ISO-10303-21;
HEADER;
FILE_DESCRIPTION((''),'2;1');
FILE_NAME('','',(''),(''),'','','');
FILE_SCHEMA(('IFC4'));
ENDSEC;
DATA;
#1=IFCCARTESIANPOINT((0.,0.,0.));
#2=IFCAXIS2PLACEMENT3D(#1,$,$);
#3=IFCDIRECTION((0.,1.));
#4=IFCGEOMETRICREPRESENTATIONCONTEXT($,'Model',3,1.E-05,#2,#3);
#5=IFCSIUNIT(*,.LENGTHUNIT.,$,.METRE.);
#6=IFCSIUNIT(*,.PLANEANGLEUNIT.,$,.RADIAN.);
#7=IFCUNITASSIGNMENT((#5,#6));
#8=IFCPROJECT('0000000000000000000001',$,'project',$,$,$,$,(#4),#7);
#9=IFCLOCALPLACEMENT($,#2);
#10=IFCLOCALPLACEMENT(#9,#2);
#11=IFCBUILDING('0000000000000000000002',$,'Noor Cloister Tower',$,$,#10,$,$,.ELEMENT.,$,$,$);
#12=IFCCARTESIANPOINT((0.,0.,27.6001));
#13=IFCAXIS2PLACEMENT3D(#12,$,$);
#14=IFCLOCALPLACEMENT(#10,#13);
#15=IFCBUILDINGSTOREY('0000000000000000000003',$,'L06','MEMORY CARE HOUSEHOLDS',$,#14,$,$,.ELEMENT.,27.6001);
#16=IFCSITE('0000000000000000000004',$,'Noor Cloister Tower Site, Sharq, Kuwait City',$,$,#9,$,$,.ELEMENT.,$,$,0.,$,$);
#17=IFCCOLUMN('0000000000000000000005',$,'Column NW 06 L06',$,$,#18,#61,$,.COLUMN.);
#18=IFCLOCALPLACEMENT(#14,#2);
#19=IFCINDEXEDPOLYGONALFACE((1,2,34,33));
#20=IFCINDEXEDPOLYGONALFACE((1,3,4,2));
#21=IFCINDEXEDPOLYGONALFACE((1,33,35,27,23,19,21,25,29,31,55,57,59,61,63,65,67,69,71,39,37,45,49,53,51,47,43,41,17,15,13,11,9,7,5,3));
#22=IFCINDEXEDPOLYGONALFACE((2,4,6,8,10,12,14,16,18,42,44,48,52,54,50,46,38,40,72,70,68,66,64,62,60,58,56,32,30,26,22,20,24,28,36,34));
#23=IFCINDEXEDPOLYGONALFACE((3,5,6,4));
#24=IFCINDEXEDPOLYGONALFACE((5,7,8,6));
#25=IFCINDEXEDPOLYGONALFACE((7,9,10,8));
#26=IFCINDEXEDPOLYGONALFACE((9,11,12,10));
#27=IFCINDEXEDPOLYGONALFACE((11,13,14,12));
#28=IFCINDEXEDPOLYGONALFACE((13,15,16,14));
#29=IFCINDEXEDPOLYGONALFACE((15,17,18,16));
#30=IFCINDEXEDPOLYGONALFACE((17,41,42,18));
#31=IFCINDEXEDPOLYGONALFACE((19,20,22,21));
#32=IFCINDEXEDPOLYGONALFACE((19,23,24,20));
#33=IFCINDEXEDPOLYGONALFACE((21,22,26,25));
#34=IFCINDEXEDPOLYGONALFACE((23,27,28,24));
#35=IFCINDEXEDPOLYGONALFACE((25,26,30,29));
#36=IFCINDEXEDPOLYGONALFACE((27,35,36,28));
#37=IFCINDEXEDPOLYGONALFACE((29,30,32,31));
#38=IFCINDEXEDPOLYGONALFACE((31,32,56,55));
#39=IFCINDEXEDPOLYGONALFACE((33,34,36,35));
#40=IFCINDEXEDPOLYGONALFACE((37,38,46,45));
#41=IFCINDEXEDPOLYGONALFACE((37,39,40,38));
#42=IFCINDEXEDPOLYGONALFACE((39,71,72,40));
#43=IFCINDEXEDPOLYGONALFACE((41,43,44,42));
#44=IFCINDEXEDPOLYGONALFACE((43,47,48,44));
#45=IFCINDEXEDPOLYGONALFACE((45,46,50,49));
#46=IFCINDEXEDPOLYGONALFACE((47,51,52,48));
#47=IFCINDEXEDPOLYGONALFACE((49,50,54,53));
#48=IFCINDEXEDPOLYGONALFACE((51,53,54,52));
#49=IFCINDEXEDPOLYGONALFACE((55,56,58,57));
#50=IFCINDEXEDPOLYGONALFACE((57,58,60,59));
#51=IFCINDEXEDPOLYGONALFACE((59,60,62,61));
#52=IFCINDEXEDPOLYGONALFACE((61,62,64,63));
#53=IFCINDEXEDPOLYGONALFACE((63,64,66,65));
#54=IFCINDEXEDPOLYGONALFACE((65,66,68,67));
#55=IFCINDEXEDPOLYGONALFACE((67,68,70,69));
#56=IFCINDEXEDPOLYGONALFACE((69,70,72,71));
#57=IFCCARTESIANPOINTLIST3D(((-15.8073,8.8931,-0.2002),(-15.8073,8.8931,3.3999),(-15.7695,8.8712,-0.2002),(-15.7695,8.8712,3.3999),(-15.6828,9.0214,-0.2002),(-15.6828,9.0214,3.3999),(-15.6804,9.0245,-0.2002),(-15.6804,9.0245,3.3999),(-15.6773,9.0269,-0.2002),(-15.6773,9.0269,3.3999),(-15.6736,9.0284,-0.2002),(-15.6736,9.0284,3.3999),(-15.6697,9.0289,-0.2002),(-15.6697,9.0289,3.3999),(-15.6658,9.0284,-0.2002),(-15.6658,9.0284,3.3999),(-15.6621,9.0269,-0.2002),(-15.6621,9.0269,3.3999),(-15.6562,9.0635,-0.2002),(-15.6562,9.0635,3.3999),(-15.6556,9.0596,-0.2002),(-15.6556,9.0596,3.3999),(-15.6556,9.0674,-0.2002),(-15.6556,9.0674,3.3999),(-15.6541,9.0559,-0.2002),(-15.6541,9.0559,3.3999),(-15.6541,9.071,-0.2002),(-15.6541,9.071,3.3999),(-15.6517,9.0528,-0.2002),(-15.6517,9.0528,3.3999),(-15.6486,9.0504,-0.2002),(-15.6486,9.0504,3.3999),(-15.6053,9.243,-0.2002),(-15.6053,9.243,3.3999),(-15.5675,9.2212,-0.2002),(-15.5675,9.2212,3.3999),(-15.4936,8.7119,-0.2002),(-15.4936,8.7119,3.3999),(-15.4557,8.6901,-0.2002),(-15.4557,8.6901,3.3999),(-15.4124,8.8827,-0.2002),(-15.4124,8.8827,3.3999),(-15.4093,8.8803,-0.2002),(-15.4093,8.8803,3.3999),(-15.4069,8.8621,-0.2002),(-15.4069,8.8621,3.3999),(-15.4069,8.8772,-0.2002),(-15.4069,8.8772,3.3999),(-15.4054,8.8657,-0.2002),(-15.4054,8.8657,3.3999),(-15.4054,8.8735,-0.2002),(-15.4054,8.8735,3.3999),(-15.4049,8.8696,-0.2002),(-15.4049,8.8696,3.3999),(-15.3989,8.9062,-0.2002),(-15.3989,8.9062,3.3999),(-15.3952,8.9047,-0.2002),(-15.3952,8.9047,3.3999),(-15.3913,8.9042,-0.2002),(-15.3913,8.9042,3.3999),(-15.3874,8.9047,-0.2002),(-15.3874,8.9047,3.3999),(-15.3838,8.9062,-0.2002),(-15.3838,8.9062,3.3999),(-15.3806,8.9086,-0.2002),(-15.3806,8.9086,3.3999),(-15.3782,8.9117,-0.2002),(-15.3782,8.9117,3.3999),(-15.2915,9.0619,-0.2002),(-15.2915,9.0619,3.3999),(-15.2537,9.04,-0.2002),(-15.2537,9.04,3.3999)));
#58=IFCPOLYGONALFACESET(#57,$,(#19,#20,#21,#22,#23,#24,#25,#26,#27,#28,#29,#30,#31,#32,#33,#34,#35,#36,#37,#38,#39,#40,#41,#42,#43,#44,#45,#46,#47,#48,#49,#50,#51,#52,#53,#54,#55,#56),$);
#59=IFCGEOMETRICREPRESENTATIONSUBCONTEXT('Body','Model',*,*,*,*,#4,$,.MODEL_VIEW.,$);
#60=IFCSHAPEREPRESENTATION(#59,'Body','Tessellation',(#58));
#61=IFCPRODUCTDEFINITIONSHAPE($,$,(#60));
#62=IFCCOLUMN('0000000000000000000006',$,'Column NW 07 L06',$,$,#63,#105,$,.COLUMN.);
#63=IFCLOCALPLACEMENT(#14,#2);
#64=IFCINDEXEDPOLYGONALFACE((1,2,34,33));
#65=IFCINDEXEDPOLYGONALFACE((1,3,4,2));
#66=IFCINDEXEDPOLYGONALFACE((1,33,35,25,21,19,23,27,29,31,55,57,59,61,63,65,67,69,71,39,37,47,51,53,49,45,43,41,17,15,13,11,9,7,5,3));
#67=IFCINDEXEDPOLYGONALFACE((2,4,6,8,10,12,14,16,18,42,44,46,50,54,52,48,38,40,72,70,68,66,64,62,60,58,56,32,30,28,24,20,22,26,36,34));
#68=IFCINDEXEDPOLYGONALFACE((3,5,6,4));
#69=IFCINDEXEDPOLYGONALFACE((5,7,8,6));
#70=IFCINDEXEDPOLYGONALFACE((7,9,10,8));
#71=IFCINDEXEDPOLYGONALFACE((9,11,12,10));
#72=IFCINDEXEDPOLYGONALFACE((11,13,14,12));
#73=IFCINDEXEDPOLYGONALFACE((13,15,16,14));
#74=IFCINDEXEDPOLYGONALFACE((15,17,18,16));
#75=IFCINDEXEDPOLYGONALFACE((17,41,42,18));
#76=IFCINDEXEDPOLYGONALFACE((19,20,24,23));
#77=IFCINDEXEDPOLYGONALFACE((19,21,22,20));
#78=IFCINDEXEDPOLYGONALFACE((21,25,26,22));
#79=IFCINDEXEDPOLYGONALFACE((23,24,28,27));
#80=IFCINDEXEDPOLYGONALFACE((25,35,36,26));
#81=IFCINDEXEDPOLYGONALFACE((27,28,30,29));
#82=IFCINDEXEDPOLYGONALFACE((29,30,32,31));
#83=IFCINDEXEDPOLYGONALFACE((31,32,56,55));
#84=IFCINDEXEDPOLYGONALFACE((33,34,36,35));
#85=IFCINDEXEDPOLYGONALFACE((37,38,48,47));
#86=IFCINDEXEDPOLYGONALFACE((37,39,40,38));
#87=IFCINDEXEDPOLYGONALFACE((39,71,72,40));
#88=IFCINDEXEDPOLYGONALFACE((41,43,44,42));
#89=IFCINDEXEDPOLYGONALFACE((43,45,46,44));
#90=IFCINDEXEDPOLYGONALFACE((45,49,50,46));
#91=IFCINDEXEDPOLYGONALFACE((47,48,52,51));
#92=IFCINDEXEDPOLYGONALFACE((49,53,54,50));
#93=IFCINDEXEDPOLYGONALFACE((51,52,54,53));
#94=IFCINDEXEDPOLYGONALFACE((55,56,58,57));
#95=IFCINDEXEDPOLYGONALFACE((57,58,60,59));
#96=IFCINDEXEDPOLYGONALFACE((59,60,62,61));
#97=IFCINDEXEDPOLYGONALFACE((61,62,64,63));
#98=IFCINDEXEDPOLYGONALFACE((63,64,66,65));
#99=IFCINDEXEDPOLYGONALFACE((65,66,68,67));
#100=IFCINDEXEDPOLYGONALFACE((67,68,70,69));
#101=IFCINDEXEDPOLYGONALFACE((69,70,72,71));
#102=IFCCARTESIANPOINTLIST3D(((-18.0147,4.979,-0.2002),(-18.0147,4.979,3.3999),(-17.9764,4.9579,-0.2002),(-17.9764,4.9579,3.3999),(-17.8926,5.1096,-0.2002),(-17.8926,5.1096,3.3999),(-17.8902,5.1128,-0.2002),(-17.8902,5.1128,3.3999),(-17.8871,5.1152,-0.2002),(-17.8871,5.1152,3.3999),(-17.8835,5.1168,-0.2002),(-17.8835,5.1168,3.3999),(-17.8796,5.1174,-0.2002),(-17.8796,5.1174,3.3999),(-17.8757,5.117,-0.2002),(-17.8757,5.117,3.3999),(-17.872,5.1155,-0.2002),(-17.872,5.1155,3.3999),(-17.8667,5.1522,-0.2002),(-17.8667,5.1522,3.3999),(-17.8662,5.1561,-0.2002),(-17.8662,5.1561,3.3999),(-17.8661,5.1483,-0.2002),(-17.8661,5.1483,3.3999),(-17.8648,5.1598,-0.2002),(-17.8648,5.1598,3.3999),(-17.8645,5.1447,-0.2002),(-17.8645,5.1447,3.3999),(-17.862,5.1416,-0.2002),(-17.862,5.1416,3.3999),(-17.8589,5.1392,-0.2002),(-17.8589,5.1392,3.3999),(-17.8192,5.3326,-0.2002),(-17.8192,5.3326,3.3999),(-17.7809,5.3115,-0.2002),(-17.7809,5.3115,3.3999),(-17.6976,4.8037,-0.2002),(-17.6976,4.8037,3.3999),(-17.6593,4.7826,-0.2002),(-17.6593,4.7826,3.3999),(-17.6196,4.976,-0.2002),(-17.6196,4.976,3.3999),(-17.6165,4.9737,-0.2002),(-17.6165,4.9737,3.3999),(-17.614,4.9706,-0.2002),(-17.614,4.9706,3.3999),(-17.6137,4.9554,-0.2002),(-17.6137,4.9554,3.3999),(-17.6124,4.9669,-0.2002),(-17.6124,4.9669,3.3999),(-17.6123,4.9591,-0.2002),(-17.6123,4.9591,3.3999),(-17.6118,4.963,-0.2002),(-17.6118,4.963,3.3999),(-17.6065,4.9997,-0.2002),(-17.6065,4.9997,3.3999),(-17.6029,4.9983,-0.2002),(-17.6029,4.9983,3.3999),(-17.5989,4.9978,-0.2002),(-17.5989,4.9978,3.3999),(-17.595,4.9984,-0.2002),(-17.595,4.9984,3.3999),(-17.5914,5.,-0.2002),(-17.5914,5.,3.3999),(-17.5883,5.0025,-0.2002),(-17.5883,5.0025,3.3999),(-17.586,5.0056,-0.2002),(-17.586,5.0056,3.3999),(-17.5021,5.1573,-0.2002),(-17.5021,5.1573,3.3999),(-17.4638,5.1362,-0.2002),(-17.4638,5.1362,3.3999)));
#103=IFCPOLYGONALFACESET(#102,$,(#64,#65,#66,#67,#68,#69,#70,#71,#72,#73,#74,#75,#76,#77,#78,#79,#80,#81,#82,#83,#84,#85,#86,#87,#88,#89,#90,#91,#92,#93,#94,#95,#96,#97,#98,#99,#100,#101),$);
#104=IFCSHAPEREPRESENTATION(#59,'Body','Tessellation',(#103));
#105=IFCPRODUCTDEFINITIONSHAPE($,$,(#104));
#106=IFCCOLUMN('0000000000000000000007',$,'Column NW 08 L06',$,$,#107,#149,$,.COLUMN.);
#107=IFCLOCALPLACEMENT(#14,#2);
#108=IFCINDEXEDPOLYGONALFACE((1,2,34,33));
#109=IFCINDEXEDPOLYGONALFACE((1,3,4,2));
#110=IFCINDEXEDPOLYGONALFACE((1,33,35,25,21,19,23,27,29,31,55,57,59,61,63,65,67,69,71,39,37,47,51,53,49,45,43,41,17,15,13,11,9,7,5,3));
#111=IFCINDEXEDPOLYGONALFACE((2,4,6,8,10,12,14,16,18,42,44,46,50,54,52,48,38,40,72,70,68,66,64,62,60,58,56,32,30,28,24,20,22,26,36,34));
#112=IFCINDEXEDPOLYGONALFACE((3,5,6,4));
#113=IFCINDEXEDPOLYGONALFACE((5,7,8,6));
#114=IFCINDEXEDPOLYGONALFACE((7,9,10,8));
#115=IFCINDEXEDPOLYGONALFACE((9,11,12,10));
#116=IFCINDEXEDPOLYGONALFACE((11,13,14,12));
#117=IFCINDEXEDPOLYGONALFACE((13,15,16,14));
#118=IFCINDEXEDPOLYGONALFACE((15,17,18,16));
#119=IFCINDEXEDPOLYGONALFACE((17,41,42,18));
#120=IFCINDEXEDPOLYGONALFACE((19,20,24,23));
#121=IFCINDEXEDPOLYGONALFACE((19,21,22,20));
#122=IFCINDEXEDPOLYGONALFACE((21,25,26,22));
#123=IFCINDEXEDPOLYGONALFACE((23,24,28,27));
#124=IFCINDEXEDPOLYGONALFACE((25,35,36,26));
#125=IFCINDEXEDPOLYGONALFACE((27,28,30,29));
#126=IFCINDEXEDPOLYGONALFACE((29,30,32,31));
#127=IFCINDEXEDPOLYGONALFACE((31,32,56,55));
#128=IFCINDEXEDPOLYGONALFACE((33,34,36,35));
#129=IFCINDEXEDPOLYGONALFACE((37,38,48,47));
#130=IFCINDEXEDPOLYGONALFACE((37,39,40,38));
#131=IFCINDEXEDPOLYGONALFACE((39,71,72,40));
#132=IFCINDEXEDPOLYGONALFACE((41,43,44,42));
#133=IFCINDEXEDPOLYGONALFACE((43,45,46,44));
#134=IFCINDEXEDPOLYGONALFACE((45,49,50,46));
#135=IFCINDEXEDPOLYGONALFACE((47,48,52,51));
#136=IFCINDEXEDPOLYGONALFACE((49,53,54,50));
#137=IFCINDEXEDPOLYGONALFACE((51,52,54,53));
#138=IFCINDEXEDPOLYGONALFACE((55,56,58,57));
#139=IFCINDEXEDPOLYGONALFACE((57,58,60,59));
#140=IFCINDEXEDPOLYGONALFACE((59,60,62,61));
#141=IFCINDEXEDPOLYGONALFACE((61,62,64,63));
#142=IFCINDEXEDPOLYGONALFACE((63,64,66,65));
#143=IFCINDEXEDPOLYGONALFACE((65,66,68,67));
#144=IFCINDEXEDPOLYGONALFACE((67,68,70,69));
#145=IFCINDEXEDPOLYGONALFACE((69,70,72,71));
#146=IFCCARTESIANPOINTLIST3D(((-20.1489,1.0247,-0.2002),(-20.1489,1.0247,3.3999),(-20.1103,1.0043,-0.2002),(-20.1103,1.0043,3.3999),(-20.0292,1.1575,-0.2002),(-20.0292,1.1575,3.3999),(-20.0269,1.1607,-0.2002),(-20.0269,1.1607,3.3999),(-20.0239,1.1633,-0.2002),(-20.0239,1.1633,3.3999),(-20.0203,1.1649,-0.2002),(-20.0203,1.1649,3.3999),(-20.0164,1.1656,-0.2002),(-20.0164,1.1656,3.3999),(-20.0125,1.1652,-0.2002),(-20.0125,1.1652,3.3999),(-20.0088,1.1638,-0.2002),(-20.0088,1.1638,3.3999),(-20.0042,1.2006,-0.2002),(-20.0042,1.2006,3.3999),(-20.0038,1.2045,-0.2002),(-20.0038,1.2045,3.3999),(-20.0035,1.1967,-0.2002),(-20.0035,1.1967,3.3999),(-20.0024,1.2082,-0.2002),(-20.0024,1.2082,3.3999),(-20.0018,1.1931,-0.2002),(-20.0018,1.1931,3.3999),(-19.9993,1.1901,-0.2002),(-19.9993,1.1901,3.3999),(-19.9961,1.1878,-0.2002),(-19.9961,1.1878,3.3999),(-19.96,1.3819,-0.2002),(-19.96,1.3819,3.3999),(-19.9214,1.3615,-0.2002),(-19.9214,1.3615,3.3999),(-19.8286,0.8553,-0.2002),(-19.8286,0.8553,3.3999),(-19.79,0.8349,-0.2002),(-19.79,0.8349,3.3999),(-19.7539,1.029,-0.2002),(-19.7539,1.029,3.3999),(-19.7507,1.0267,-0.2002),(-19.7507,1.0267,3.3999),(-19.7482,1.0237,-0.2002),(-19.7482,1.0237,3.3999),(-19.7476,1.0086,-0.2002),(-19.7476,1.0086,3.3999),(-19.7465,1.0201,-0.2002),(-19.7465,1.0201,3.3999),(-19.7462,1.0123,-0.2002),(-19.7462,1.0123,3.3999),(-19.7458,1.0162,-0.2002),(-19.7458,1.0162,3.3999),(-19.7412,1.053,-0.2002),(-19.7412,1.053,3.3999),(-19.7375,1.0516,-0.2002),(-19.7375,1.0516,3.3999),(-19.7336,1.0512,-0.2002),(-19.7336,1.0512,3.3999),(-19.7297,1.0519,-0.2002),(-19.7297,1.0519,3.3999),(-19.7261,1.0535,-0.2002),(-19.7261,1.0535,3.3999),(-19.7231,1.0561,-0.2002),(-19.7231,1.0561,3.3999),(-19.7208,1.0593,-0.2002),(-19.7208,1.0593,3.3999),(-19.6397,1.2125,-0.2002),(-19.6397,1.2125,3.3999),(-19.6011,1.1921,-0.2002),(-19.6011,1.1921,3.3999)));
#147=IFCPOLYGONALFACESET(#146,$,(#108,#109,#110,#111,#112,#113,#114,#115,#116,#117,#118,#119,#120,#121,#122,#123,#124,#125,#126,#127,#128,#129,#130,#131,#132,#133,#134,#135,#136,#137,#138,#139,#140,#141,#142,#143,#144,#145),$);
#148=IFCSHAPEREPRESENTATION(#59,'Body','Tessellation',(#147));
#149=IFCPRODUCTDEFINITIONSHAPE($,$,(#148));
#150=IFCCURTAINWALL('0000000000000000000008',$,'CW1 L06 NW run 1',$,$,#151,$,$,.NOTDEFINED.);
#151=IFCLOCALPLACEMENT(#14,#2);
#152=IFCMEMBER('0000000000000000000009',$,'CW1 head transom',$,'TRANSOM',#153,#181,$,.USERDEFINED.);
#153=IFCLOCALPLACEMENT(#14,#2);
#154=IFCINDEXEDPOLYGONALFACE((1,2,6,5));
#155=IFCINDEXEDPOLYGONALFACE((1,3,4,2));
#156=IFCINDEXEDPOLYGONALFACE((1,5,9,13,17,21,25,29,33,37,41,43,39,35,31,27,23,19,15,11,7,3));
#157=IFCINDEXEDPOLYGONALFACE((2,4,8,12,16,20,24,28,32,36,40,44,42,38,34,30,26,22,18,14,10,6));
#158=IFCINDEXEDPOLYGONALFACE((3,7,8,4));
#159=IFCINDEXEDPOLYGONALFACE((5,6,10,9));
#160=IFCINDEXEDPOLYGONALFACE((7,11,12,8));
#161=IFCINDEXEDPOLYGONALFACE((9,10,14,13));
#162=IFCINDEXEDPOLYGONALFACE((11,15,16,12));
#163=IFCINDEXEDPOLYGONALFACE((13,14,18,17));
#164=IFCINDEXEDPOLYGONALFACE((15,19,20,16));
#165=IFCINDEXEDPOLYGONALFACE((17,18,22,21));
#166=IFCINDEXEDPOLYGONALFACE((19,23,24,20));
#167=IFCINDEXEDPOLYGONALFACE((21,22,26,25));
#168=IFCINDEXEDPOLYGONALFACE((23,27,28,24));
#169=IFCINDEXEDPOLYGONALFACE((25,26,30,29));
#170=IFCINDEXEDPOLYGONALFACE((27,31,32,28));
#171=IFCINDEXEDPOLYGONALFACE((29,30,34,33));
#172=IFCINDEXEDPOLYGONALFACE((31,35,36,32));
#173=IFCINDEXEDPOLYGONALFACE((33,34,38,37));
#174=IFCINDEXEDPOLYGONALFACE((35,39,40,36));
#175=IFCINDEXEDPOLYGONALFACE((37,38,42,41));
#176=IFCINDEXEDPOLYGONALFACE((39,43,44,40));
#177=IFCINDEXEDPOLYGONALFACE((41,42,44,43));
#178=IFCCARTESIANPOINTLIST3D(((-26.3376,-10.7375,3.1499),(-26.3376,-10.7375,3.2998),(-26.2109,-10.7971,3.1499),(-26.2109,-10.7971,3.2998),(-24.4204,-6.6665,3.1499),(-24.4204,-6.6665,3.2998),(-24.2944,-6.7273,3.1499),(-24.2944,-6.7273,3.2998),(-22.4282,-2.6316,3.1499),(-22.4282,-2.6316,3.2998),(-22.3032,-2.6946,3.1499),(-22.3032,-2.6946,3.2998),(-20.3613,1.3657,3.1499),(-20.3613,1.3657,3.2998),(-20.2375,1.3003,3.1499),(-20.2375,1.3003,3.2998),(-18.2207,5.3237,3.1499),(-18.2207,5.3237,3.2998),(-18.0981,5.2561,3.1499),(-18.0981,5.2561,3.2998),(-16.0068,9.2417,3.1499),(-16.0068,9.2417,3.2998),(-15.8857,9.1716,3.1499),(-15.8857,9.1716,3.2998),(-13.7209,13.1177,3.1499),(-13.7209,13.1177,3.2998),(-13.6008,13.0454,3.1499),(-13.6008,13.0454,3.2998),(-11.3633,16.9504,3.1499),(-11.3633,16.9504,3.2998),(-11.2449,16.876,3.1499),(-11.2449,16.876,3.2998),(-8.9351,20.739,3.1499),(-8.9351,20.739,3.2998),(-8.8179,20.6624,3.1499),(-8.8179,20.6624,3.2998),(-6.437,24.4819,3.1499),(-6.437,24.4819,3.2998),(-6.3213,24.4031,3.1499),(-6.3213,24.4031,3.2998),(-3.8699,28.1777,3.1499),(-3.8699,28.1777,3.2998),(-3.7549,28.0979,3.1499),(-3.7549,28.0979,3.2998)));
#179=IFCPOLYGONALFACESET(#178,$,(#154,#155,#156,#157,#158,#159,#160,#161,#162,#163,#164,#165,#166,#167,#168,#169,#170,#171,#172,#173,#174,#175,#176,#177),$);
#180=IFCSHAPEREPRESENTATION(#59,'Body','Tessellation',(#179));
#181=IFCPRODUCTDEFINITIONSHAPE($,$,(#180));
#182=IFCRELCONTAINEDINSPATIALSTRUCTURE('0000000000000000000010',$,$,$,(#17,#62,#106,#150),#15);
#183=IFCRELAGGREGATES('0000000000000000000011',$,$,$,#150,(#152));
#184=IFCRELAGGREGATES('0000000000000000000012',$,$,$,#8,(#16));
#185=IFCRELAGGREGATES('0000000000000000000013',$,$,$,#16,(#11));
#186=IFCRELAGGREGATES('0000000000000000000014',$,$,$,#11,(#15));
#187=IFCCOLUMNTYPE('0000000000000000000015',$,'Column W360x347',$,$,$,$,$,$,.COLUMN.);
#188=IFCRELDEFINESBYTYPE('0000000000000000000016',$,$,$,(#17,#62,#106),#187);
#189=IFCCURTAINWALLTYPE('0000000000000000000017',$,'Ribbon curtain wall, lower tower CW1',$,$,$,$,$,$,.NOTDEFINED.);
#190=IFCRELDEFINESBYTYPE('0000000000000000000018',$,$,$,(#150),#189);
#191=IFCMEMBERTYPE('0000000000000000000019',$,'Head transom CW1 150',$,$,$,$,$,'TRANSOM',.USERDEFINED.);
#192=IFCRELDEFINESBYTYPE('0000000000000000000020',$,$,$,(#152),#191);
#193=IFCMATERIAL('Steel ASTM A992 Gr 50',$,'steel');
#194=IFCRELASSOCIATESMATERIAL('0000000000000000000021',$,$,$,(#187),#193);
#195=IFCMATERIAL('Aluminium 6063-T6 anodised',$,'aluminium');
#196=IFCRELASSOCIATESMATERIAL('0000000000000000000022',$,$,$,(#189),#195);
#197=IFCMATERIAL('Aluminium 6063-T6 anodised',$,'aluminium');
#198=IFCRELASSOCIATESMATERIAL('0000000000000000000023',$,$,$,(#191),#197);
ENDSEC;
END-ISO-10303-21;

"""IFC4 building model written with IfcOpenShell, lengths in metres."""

from ifc_helpers import new_model, si_unit, direction, frame, origin, origin_2d, place, context, subcontext, project, spatial, polyline, i_section, outline, extrude, material, material_profile, profile_set, type_object, element, aggregate, save


model = new_model("IFC4")

# Units and contexts
model_context = context("Model", 3, precision=1e-05, world=origin(), true_north=direction((0.0, 1.0)))
body_context = subcontext(model_context, "Body", "Model", "MODEL_VIEW")
ifc_project = project(units=[si_unit("LENGTHUNIT", "METRE"), si_unit("PLANEANGLEUNIT", "RADIAN")], contexts=[model_context])

# Site, building, storey
site_placement = place(None, origin())
site = spatial("IfcSite", under=ifc_project, at=site_placement, Name="Noor Cloister Tower Site, Sharq, Kuwait City", CompositionType="ELEMENT", RefElevation=0.0)
building_placement = place(site_placement, origin())
building = spatial("IfcBuilding", under=site, at=building_placement, Name="Noor Cloister Tower", CompositionType="ELEMENT")
storey_placement = place(building_placement, frame((0.0, 0.0, 27.6001)))
storey = spatial("IfcBuildingStorey", under=building, at=storey_placement, Name="L06", Description="MEMORY CARE HOUSEHOLDS", CompositionType="ELEMENT", Elevation=27.6001)

# Columns
ifc_material_1 = material(Name="Steel ASTM A992 Gr 50", Category="steel")
ifc_material_profile_1 = material_profile(ifc_material_1, i_section(OverallWidth=0.4041, OverallDepth=0.406, WebThickness=0.0271, FlangeThickness=0.0437, FilletRadius=0.0151, at=origin_2d()), Name="W360x347")
ifc_profile_set_1 = profile_set([ifc_material_profile_1], Name="Steel ASTM A992 Gr 50")
column_type = type_object("IfcColumnType", Name="Column W360x347", PredefinedType="COLUMN", material=ifc_profile_set_1)
for number, where, z_axis, x_axis, name in (
    (1, (-15.5305, 8.9666, -0.2002), (0.0, 0.0, 1.0), (-0.5, -0.866025, 0.0), "Column NW 06 L06"),
    (2, (-17.7393, 5.0576, -0.2002), (0.0, 0.0, 1.0), (-0.483847, -0.875153, 0.0), "Column NW 07 L06"),
    (3, (-19.875, 1.1084, -0.2002), (0.0, 0.0, 1.0), (-0.467527, -0.883979, 0.0), "Column NW 08 L06"),
):
    element("IfcColumn", number, at=place(storey_placement, frame(where, z_axis=z_axis, x_axis=x_axis)), inside=storey, type_object=column_type, Name=name, PredefinedType="COLUMN", context=body_context, shape_type="SweptSolid", body=[
        extrude(i_section(OverallWidth=0.4041, OverallDepth=0.406, WebThickness=0.0271, FlangeThickness=0.0437, FilletRadius=0.0151, at=origin_2d()), origin(), (0.0, 0.0, 1.0), 3.6001),
    ])

# Curtain wall, member
ifc_material_2 = material(Name="Aluminium 6063-T6 anodised", Category="aluminium")
curtain_wall_type = type_object("IfcCurtainWallType", Name="Ribbon curtain wall, lower tower CW1", PredefinedType="NOTDEFINED", material=ifc_material_2)
curtain_wall_1_placement = place(storey_placement, origin())
curtain_wall_1 = element("IfcCurtainWall", 4, at=curtain_wall_1_placement, inside=storey, type_object=curtain_wall_type, Name="CW1 L06 NW run 1", PredefinedType="NOTDEFINED")
ifc_material_3 = material(Name="Aluminium 6063-T6 anodised", Category="aluminium")
member_type_1 = type_object("IfcMemberType", Name="Head transom CW1 150", ElementType="TRANSOM", PredefinedType="USERDEFINED", material=ifc_material_3)
member_1_placement = place(storey_placement, frame((0.0, 0.0, 3.1499)))
member_1 = element("IfcMember", 5, at=member_1_placement, type_object=member_type_1, Name="CW1 head transom", ObjectType="TRANSOM", PredefinedType="USERDEFINED", context=body_context, shape_type="SweptSolid", body=[
    extrude(outline(polyline([(-3.8699, 28.1777), (-6.437, 24.4819), (-8.9351, 20.739), (-11.3633, 16.9504), (-13.7209, 13.1177), (-16.0068, 9.2417), (-18.2207, 5.3237), (-20.3613, 1.3657), (-22.4282, -2.6316), (-24.4204, -6.6665), (-26.3376, -10.7375), (-26.2109, -10.7971), (-24.2944, -6.7273), (-22.3032, -2.6946), (-20.2375, 1.3003), (-18.0981, 5.2561), (-15.8857, 9.1716), (-13.6008, 13.0454), (-11.2449, 16.876), (-8.8179, 20.6624), (-6.3213, 24.4031), (-3.7549, 28.0979), (-3.8699, 28.1777)])), origin(), (0.0, 0.0, 1.0), 0.1499),
])

aggregate(curtain_wall_1, [member_1])

save(model, "model.ifc")
